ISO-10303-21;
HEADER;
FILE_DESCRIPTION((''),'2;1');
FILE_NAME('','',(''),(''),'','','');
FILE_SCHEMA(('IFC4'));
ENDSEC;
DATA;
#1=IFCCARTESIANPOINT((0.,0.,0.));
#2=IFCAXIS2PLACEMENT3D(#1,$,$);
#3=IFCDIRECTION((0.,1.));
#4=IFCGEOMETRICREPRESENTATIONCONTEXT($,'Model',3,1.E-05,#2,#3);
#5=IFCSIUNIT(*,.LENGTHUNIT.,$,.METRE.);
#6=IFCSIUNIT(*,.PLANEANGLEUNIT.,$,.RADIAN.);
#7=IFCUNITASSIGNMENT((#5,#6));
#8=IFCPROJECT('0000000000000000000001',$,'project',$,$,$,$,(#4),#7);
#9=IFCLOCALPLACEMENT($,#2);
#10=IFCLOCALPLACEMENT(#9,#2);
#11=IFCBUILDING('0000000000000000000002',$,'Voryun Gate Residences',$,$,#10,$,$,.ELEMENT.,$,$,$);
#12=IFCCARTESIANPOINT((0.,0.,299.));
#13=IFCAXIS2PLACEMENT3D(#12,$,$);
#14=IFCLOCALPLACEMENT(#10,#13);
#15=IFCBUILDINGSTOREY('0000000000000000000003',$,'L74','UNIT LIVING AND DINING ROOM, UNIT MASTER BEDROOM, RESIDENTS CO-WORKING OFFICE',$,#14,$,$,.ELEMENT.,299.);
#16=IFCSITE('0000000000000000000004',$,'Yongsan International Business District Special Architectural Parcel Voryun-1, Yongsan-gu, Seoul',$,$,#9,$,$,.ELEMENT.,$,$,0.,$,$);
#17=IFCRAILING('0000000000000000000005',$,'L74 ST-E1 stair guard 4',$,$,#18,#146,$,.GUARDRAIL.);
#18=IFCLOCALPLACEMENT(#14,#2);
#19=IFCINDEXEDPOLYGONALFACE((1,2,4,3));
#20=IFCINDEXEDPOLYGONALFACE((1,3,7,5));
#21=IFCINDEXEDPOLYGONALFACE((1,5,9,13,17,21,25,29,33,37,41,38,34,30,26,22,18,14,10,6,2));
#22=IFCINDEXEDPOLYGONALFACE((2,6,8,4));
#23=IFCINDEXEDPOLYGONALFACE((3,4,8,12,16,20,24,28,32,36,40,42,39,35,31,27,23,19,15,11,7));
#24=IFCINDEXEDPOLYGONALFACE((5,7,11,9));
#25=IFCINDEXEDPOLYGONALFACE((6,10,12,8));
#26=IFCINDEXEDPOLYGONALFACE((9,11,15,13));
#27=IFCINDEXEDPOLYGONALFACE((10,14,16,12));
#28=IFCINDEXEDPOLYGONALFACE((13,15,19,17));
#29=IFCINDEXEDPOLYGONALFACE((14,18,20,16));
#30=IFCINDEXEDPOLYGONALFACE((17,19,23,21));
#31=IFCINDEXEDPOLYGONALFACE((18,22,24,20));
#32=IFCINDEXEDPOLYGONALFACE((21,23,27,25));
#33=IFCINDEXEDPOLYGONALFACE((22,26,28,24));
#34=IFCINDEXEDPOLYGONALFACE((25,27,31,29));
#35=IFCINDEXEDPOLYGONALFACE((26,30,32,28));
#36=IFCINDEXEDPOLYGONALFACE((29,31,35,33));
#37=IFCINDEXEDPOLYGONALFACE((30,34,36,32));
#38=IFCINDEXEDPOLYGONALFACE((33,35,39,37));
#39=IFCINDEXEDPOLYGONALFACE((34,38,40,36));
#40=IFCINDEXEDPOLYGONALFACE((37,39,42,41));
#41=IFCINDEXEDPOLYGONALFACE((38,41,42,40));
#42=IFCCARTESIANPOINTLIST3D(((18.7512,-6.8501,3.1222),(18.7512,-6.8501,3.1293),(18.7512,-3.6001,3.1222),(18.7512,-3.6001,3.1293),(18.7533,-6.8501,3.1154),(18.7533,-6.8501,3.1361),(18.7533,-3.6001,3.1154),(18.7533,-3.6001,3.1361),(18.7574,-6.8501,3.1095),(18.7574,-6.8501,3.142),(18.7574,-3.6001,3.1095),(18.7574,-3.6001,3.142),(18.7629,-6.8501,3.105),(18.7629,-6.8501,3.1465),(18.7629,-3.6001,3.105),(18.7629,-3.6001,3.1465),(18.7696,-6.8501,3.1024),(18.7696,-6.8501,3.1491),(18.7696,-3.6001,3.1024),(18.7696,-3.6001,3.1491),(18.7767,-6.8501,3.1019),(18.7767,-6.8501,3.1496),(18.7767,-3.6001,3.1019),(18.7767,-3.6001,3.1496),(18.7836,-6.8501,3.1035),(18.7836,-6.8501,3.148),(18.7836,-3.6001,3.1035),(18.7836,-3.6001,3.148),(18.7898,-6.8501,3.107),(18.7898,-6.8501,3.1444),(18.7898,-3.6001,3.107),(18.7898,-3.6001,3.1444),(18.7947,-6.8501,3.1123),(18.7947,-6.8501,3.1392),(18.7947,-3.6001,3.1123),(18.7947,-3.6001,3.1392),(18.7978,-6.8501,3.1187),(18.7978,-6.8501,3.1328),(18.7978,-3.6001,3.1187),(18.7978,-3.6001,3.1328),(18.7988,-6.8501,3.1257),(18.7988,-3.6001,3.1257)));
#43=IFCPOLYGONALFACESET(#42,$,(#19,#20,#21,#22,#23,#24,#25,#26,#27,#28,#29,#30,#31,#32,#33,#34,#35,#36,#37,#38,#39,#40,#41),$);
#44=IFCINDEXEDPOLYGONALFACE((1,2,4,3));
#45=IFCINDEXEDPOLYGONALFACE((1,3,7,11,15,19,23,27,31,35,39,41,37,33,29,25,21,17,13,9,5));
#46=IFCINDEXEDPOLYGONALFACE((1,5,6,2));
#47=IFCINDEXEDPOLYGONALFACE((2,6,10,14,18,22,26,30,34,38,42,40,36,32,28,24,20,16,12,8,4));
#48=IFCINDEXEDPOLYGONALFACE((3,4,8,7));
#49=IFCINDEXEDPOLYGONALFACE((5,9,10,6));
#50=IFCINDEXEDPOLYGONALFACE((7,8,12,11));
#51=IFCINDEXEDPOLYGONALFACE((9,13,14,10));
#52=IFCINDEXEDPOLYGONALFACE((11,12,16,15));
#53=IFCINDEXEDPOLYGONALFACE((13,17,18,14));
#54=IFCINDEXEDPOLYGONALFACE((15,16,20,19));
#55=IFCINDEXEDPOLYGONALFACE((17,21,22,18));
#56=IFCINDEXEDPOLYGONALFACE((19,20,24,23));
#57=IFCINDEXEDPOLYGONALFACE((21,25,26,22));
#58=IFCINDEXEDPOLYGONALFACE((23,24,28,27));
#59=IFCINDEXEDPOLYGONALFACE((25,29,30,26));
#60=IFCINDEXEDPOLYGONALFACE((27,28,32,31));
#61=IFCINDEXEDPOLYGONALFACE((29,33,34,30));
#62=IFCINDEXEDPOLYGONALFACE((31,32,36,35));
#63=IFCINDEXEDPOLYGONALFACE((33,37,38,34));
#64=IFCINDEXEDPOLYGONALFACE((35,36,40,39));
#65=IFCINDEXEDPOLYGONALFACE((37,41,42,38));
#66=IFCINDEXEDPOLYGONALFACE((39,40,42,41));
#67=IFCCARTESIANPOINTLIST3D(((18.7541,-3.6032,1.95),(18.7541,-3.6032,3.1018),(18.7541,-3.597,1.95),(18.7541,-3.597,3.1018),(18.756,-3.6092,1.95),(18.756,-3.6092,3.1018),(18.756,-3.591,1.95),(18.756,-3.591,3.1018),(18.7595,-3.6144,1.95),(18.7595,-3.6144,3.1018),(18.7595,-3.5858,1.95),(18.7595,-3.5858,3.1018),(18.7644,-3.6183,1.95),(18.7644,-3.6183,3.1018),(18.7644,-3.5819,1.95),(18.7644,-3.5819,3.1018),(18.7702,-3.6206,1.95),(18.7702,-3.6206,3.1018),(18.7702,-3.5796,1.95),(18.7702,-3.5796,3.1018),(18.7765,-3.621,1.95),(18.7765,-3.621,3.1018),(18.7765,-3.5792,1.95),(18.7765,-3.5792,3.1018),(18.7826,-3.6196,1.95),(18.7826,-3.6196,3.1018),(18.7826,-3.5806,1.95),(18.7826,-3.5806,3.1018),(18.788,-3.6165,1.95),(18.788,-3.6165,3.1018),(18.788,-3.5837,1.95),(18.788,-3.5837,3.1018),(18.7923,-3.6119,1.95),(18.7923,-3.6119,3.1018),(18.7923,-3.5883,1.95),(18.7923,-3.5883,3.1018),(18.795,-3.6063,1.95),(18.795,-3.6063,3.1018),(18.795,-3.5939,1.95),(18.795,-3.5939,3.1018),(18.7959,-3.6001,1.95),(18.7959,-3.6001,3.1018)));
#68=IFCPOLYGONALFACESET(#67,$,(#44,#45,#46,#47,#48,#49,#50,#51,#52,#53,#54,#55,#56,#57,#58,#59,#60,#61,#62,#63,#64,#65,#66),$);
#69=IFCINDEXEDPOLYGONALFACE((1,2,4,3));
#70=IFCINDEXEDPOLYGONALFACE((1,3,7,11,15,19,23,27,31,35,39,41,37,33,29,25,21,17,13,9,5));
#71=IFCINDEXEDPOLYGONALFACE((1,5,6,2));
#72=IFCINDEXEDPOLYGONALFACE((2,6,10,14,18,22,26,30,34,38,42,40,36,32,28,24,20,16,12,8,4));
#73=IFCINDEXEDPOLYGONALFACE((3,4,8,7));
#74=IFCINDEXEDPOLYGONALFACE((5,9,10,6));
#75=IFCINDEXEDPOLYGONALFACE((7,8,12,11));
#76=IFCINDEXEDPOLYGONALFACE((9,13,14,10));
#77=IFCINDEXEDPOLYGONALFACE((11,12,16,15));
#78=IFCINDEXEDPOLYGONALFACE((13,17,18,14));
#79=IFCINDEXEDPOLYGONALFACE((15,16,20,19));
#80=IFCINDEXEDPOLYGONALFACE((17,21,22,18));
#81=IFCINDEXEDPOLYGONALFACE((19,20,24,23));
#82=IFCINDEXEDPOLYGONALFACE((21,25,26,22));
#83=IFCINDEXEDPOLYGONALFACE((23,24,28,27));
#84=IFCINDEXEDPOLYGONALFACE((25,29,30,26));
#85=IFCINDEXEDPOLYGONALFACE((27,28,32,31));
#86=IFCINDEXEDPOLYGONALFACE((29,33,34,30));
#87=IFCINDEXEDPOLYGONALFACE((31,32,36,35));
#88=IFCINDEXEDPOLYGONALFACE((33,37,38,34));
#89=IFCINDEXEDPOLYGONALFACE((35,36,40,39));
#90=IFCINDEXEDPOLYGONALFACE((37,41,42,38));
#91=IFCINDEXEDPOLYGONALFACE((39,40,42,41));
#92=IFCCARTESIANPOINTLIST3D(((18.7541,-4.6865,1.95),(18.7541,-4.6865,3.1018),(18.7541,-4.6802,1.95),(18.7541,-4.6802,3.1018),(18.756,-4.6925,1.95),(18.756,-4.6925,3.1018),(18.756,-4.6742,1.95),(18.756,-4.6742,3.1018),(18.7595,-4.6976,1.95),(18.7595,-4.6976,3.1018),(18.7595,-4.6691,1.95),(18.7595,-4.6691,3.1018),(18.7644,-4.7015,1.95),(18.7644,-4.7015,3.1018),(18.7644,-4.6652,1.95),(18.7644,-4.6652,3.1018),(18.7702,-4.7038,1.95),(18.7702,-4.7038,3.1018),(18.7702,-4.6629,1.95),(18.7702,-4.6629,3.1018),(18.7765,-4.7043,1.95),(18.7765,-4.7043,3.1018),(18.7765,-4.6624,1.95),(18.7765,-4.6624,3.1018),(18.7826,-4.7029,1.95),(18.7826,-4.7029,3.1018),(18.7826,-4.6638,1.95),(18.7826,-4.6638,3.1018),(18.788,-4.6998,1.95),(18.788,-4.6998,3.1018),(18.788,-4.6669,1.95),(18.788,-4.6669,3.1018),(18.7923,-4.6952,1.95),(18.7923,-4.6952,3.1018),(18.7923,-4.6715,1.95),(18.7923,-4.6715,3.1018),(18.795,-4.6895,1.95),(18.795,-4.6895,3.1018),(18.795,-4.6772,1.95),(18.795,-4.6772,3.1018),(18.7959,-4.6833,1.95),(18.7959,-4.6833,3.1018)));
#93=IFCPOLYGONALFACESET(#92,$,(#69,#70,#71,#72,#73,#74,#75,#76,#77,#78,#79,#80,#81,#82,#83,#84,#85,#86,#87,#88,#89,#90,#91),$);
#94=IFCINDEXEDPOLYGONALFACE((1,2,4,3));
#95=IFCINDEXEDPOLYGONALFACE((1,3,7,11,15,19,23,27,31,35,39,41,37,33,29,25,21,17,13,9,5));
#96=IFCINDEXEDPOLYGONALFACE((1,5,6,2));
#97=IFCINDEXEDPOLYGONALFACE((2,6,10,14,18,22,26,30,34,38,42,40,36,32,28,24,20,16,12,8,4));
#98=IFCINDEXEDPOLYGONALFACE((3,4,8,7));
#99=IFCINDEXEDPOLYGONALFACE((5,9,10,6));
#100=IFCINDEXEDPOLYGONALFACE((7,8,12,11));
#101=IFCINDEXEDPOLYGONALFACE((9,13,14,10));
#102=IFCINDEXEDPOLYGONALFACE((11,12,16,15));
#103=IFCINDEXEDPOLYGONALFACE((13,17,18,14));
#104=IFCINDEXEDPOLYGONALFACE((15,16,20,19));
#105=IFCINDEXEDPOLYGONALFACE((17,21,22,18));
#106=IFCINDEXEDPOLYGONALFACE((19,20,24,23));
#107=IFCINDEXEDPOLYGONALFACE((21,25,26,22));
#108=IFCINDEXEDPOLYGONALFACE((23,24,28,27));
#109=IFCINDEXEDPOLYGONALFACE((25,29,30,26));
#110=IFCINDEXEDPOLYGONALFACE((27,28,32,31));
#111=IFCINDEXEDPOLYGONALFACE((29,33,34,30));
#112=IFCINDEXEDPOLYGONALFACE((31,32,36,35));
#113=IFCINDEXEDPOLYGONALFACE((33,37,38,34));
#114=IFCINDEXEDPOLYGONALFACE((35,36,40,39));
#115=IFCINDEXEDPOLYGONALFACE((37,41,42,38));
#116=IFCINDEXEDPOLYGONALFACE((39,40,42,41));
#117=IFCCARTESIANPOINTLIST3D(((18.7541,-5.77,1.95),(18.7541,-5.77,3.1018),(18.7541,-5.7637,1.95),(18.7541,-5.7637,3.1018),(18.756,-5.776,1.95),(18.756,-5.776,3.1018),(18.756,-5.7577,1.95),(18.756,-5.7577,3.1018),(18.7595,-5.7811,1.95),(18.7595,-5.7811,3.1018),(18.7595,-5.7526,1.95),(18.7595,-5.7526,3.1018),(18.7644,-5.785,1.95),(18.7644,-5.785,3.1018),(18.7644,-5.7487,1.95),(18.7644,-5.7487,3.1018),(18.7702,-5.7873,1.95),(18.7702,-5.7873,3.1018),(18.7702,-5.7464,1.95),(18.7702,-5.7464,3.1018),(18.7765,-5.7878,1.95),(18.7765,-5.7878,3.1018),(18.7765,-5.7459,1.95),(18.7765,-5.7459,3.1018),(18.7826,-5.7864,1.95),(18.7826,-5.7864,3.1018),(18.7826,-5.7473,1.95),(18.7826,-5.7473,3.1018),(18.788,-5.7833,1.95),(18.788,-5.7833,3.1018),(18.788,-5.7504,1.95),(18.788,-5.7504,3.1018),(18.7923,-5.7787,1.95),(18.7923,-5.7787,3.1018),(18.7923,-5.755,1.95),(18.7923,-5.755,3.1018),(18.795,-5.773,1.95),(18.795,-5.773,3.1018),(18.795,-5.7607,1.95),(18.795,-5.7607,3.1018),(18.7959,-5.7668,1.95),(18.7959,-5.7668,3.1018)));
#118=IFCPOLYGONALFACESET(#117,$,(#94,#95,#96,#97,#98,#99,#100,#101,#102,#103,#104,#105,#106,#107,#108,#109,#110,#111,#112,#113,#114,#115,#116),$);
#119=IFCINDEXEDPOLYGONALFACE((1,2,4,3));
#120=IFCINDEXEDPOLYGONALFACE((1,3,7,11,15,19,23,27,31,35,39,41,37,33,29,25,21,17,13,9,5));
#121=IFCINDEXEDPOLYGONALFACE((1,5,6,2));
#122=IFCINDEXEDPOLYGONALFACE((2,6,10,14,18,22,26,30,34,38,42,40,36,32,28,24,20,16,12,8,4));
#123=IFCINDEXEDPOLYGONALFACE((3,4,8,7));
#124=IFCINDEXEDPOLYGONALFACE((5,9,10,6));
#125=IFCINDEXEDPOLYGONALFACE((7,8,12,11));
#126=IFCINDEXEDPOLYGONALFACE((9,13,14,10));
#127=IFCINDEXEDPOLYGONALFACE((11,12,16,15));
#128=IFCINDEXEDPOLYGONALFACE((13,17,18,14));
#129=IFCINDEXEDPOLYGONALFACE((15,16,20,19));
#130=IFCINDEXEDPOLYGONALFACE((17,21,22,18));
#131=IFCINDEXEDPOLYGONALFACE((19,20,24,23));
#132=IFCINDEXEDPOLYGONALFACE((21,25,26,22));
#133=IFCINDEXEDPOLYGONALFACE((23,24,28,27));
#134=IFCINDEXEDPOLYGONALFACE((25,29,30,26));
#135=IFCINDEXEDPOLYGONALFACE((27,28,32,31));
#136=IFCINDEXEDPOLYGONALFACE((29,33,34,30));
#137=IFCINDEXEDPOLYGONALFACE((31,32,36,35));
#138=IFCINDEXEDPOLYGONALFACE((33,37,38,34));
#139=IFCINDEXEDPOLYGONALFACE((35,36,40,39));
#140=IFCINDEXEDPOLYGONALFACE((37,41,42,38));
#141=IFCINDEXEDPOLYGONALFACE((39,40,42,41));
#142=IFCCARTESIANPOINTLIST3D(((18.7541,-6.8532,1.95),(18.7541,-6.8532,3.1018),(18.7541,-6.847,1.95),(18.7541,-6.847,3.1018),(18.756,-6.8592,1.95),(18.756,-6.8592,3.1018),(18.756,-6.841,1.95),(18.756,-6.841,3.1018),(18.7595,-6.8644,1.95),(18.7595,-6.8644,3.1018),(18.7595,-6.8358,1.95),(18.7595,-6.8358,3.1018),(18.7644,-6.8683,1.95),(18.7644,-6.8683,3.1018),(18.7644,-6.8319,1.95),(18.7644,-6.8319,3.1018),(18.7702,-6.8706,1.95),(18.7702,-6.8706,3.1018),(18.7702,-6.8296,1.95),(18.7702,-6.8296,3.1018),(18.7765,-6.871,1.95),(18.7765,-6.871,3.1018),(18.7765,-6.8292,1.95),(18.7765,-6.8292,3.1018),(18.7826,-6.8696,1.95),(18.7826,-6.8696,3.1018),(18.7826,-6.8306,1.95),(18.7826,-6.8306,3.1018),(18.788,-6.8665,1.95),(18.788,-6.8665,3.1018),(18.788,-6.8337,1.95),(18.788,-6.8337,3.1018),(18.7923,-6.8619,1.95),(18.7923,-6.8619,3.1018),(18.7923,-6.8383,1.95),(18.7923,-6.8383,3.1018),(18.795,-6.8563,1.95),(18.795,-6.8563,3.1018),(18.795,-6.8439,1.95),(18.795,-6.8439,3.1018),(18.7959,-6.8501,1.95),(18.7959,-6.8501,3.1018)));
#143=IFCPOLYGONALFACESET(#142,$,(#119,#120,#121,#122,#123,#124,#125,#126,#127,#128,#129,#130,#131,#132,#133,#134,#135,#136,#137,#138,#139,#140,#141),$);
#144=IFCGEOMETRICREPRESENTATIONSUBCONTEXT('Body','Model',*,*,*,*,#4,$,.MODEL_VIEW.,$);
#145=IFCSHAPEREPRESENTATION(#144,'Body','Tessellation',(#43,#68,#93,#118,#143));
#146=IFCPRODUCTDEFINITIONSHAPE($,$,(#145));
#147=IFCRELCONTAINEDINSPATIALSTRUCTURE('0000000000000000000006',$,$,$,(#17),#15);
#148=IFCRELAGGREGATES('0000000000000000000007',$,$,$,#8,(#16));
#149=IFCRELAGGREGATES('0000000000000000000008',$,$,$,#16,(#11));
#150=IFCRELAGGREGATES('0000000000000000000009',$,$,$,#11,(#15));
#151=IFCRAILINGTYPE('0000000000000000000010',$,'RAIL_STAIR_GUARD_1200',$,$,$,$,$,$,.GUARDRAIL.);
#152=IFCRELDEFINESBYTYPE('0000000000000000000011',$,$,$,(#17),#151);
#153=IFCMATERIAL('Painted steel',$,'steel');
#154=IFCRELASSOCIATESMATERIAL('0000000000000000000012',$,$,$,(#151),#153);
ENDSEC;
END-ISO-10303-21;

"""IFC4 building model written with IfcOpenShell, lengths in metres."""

from ifc_helpers import new_model, si_unit, direction, frame, origin, origin_2d, place, context, subcontext, project, spatial, circle, extrude, material, type_object, element, save


model = new_model("IFC4")

# Units and contexts
model_context = context("Model", 3, precision=1e-05, world=origin(), true_north=direction((0.0, 1.0)))
body_context = subcontext(model_context, "Body", "Model", "MODEL_VIEW")
ifc_project = project(units=[si_unit("LENGTHUNIT", "METRE"), si_unit("PLANEANGLEUNIT", "RADIAN")], contexts=[model_context])

# Site, building, storey
site_placement = place(None, origin())
site = spatial("IfcSite", under=ifc_project, at=site_placement, Name="Yongsan International Business District Special Architectural Parcel Voryun-1, Yongsan-gu, Seoul", CompositionType="ELEMENT", RefElevation=0.0)
building_placement = place(site_placement, origin())
building = spatial("IfcBuilding", under=site, at=building_placement, Name="Voryun Gate Residences", CompositionType="ELEMENT")
storey_placement = place(building_placement, frame((0.0, 0.0, 299.0)))
storey = spatial("IfcBuildingStorey", under=building, at=storey_placement, Name="L74", Description="UNIT LIVING AND DINING ROOM, UNIT MASTER BEDROOM, RESIDENTS CO-WORKING OFFICE", CompositionType="ELEMENT", Elevation=299.0)

# Railing
ifc_material_1 = material(Name="Painted steel", Category="steel")
railing_type_1 = type_object("IfcRailingType", Name="RAIL_STAIR_GUARD_1200", PredefinedType="GUARDRAIL", material=ifc_material_1)
for number, where, name in (
    (1, (18.7749, -3.6001, 1.95), "L74 ST-E1 stair guard 4"),
):
    element("IfcRailing", number, at=place(storey_placement, frame(where)), inside=storey, type_object=railing_type_1, Name=name, PredefinedType="GUARDRAIL", context=body_context, shape_type="SweptSolid", body=[
        extrude(circle(Radius=0.0239, at=origin_2d()), frame((0.0, 0.0, 1.1758), z_axis=(0.0, -1.0, 0.0), x_axis=(1.0, 0.0, 0.0)), (0.0, 0.0, 1.0), 3.25),
        extrude(circle(Radius=0.021, at=origin_2d()), origin(), (0.0, 0.0, 1.0), 1.1519),
        extrude(circle(Radius=0.021, at=origin_2d()), frame((0.0, -1.0833, 0.0)), (0.0, 0.0, 1.0), 1.1519),
        extrude(circle(Radius=0.021, at=origin_2d()), frame((0.0, -2.1667, 0.0)), (0.0, 0.0, 1.0), 1.1519),
        extrude(circle(Radius=0.021, at=origin_2d()), frame((0.0, -3.25, 0.0)), (0.0, 0.0, 1.0), 1.1519),
    ])

save(model, "model.ifc")
